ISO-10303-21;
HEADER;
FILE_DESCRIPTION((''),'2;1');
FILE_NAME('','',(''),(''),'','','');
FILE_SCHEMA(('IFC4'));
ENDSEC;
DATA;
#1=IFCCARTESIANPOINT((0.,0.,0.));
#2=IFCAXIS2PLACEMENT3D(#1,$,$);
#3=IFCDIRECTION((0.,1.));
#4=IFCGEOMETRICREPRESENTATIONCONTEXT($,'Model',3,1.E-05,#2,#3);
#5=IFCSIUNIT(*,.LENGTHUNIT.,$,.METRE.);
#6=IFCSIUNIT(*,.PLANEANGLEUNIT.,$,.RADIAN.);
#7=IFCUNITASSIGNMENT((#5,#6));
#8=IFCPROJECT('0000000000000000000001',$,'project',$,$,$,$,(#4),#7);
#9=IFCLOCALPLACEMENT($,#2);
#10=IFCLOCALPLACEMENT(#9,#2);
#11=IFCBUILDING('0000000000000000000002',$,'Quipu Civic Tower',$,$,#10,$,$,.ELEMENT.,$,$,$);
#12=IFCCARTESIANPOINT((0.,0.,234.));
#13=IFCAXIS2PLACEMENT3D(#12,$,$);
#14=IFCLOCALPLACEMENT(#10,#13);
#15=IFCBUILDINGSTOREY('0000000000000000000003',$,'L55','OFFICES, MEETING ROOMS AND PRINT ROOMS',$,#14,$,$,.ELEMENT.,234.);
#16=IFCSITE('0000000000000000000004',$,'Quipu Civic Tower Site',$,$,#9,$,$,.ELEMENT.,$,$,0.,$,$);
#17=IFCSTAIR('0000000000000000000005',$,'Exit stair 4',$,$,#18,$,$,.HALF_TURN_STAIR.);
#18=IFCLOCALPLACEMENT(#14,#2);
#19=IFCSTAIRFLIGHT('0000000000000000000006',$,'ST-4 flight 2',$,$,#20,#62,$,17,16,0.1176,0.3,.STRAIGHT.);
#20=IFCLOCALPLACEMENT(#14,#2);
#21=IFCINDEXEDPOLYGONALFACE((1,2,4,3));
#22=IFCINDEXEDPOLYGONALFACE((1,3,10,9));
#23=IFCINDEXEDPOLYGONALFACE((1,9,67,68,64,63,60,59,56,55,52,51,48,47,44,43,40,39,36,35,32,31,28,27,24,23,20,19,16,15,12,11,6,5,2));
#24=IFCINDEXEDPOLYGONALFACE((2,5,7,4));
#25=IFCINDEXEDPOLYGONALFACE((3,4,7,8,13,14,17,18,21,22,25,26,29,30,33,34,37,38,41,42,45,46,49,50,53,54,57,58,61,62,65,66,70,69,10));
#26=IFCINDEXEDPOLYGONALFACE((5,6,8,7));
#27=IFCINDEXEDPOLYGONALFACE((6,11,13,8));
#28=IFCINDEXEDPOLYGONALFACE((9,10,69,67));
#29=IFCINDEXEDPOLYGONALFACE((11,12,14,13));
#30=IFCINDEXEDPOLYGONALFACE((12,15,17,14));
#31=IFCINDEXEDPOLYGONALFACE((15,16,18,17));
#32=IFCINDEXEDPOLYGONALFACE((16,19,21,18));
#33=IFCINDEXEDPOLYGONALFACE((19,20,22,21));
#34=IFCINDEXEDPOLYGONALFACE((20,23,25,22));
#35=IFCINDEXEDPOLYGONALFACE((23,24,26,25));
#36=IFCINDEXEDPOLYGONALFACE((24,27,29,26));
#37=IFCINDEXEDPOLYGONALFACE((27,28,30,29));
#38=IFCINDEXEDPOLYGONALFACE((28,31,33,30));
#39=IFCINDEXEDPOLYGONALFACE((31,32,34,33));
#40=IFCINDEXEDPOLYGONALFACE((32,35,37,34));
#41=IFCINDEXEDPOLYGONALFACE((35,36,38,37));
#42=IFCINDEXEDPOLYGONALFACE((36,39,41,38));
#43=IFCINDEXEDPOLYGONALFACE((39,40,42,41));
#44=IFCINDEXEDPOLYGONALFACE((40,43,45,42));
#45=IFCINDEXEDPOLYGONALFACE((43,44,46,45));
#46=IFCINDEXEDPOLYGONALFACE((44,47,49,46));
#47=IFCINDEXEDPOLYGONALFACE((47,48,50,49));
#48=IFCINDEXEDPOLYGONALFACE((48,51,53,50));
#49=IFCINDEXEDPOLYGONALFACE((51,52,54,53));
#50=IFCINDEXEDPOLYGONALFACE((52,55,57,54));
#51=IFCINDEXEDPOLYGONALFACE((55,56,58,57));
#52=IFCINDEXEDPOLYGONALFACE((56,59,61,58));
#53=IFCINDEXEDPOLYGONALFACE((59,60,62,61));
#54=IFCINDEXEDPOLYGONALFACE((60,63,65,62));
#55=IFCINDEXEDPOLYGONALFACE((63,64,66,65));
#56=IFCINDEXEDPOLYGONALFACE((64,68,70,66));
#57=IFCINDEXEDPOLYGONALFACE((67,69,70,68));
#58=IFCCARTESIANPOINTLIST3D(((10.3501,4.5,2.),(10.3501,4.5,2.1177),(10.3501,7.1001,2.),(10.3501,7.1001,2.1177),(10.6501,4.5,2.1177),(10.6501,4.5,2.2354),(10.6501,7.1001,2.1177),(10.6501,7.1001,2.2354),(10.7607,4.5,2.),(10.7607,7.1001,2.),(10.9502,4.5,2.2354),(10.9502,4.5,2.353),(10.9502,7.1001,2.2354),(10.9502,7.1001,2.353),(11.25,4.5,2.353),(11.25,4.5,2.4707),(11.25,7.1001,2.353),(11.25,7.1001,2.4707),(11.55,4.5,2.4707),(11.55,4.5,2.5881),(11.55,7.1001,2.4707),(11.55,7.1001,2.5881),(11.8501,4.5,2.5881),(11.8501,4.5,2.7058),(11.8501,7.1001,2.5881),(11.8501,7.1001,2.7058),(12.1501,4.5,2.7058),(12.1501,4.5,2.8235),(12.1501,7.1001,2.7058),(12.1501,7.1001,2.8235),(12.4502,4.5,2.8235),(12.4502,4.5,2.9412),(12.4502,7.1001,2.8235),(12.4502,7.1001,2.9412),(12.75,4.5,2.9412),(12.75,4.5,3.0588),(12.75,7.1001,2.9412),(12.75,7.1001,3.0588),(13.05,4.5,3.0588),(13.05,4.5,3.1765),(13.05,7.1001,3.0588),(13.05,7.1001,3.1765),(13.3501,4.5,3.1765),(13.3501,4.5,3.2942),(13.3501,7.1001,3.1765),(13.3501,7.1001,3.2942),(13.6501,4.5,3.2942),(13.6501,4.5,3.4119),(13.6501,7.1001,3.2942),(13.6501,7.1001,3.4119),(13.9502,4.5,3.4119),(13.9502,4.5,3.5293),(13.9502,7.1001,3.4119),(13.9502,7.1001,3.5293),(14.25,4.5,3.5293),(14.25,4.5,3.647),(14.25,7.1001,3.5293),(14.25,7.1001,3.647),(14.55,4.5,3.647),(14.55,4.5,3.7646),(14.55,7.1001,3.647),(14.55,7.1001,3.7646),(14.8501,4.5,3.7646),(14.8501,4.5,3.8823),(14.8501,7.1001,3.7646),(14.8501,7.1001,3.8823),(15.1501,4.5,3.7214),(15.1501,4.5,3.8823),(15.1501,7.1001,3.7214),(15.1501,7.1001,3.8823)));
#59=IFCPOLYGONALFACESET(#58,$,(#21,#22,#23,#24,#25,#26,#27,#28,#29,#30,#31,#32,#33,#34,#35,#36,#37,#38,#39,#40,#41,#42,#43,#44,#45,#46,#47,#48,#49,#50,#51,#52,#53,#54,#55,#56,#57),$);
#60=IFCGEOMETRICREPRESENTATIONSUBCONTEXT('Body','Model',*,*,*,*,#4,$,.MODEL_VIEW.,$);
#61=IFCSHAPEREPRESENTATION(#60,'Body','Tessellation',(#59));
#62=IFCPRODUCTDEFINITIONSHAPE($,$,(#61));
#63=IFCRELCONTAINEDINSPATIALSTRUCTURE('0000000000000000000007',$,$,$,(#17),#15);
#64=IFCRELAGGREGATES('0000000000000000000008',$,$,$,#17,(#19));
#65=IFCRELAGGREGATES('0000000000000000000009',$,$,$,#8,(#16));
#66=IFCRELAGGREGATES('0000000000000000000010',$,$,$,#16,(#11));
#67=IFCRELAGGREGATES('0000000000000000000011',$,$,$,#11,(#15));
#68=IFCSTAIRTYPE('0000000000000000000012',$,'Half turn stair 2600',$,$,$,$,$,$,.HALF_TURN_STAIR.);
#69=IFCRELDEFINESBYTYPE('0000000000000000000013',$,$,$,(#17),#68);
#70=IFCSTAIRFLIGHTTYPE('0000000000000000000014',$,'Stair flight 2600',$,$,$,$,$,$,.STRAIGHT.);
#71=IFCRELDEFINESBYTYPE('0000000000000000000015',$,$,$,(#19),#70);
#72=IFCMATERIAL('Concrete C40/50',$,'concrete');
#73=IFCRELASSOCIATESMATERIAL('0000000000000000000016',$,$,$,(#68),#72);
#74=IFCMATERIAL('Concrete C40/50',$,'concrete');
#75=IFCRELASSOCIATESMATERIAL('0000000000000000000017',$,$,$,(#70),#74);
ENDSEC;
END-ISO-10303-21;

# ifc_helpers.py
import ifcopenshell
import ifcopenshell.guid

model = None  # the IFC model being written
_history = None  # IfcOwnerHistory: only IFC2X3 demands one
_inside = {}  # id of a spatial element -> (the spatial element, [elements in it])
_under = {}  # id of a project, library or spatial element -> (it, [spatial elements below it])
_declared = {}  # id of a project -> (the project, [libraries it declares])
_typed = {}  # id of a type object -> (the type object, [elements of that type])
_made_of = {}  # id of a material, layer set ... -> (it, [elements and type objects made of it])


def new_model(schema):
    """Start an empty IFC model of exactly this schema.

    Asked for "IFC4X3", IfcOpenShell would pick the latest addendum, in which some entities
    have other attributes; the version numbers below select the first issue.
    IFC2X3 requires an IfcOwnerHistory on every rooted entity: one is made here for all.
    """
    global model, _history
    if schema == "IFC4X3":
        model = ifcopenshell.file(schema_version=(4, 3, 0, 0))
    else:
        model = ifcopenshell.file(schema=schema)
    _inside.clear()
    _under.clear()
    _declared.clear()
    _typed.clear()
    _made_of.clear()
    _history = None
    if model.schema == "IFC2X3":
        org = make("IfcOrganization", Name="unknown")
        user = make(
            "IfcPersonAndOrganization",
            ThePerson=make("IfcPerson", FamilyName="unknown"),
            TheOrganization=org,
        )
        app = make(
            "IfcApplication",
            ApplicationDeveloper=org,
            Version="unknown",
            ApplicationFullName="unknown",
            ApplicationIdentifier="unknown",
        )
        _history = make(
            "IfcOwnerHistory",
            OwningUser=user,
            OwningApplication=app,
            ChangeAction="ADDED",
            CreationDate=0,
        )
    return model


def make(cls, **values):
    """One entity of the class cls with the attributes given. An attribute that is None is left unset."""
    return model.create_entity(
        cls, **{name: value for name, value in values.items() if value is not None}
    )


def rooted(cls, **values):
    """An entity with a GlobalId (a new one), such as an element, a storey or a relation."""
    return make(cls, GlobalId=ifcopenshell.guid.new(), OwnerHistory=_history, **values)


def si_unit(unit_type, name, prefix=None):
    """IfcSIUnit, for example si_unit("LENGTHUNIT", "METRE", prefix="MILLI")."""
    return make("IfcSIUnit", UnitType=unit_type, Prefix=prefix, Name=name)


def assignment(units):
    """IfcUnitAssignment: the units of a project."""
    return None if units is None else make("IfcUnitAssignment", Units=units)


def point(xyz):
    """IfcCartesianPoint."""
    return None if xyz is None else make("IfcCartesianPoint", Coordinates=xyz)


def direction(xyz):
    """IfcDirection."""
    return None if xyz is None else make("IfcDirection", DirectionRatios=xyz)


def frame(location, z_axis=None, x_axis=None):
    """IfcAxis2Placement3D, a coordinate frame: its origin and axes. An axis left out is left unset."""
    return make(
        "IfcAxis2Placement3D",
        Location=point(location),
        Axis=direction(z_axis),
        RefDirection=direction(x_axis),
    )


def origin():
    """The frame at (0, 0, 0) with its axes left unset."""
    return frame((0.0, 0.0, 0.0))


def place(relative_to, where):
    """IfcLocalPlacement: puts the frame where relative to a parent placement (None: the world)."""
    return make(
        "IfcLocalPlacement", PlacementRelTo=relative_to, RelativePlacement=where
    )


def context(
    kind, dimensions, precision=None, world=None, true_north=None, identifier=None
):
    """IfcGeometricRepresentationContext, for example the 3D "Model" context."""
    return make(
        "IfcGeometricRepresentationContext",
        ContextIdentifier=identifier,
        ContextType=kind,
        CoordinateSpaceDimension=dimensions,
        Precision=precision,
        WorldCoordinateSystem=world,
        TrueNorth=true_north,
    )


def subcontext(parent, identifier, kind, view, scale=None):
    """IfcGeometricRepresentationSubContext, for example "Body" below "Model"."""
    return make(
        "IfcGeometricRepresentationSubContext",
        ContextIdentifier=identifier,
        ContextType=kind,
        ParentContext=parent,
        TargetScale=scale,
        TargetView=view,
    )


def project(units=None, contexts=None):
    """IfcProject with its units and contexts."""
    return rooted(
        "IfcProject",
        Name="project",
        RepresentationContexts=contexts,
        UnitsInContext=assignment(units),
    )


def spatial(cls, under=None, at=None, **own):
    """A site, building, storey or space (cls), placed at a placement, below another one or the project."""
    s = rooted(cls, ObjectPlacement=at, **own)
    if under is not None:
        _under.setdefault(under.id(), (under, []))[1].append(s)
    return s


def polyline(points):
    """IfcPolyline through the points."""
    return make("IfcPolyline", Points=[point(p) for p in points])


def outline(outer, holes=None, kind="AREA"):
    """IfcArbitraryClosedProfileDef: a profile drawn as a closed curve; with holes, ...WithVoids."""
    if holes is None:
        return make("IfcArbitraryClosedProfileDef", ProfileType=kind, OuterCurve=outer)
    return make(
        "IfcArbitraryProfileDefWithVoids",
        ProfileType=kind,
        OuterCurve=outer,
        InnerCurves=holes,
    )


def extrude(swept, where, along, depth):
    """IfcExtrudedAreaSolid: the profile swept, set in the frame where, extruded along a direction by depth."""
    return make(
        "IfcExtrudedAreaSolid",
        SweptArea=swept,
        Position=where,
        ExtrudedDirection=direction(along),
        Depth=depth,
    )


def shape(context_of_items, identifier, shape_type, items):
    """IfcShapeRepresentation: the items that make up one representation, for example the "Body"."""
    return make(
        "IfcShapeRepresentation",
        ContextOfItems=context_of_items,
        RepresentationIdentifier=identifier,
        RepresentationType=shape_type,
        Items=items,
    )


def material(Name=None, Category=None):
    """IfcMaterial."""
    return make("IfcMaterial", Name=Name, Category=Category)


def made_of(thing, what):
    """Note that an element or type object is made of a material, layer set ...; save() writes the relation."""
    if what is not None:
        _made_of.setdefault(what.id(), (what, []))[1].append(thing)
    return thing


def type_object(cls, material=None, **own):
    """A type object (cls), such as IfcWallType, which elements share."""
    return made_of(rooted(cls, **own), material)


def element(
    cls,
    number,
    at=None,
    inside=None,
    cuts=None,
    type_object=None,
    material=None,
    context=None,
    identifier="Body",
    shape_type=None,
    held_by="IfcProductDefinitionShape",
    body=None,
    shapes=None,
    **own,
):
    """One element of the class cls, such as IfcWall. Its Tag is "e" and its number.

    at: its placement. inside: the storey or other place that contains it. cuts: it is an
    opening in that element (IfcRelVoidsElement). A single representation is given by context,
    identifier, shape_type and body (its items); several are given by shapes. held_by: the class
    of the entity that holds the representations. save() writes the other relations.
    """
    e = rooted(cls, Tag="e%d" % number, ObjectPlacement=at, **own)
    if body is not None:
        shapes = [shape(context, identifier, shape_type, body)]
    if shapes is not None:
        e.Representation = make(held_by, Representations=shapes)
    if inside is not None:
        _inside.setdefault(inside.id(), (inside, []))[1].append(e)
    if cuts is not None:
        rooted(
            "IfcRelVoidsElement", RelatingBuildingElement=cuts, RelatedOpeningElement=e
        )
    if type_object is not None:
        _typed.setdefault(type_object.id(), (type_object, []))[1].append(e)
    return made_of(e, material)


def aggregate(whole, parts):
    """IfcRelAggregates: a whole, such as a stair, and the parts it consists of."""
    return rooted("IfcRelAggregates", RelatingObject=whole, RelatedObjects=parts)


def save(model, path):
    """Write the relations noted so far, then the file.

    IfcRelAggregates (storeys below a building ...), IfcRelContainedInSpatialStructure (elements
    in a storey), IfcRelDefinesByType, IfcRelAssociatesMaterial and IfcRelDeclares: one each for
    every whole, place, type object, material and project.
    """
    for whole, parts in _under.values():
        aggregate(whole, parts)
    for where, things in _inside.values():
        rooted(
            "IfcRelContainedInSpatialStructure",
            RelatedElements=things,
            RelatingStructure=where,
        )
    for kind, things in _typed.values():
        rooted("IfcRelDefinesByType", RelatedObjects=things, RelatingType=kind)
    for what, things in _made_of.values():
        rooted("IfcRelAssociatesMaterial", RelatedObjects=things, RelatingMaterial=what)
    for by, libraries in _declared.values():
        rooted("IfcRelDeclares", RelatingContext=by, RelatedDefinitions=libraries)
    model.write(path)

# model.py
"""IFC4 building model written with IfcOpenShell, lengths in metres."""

from ifc_helpers import new_model, si_unit, direction, frame, origin, place, context, subcontext, project, spatial, polyline, outline, extrude, material, type_object, element, aggregate, save


model = new_model("IFC4")

# Units and contexts
model_context = context("Model", 3, precision=1e-05, world=origin(), true_north=direction((0.0, 1.0)))
body_context = subcontext(model_context, "Body", "Model", "MODEL_VIEW")
ifc_project = project(units=[si_unit("LENGTHUNIT", "METRE"), si_unit("PLANEANGLEUNIT", "RADIAN")], contexts=[model_context])

# Site, building, storey
site_placement = place(None, origin())
site = spatial("IfcSite", under=ifc_project, at=site_placement, Name="Quipu Civic Tower Site", CompositionType="ELEMENT", RefElevation=0.0)
building_placement = place(site_placement, origin())
building = spatial("IfcBuilding", under=site, at=building_placement, Name="Quipu Civic Tower", CompositionType="ELEMENT")
storey_placement = place(building_placement, frame((0.0, 0.0, 234.0)))
storey = spatial("IfcBuildingStorey", under=building, at=storey_placement, Name="L55", Description="OFFICES, MEETING ROOMS AND PRINT ROOMS", CompositionType="ELEMENT", Elevation=234.0)

# Stair, stair flight
ifc_material_1 = material(Name="Concrete C40/50", Category="concrete")
stair_type = type_object("IfcStairType", Name="Half turn stair 2600", PredefinedType="HALF_TURN_STAIR", material=ifc_material_1)
stair_placement = place(storey_placement, origin())
stair = element("IfcStair", 1, at=stair_placement, inside=storey, type_object=stair_type, Name="Exit stair 4", PredefinedType="HALF_TURN_STAIR")
ifc_material_2 = material(Name="Concrete C40/50", Category="concrete")
stair_flight_type = type_object("IfcStairFlightType", Name="Stair flight 2600", PredefinedType="STRAIGHT", material=ifc_material_2)
stair_flight_1_placement = place(storey_placement, frame((10.3501, 5.8, 2.0), z_axis=(0.0, 0.0, 1.0), x_axis=(1.0, 0.0, 0.0)))
stair_flight_1 = element("IfcStairFlight", 2, at=stair_flight_1_placement, type_object=stair_flight_type, Name="ST-4 flight 2", NumberOfRisers=17, NumberOfTreads=16, PredefinedType="STRAIGHT", RiserHeight=0.1176, TreadLength=0.3, context=body_context, shape_type="SweptSolid", body=[
    extrude(outline(polyline([(0.0, 0.0), (0.0, 0.1177), (0.3, 0.1177), (0.3, 0.2354), (0.6001, 0.2354), (0.6001, 0.353), (0.8999, 0.353), (0.8999, 0.4707), (1.2, 0.4707), (1.2, 0.5881), (1.5, 0.5881), (1.5, 0.7058), (1.8, 0.7058), (1.8, 0.8235), (2.1001, 0.8235), (2.1001, 0.9412), (2.3999, 0.9412), (2.3999, 1.0588), (2.7, 1.0588), (2.7, 1.1765), (3.0, 1.1765), (3.0, 1.2942), (3.3, 1.2942), (3.3, 1.4119), (3.6001, 1.4119), (3.6001, 1.5293), (3.8999, 1.5293), (3.8999, 1.647), (4.2, 1.647), (4.2, 1.7646), (4.5, 1.7646), (4.5, 1.8823), (4.8, 1.8823), (4.8, 2.0), (4.8, 1.7214), (0.4106, 0.0), (0.0, 0.0)])), frame((0.0, 1.3, 0.0), z_axis=(0.0, -1.0, 0.0), x_axis=(1.0, 0.0, 0.0)), (0.0, 0.0, 1.0), 2.6001),
])
aggregate(stair, [stair_flight_1])

save(model, "model.ifc")
